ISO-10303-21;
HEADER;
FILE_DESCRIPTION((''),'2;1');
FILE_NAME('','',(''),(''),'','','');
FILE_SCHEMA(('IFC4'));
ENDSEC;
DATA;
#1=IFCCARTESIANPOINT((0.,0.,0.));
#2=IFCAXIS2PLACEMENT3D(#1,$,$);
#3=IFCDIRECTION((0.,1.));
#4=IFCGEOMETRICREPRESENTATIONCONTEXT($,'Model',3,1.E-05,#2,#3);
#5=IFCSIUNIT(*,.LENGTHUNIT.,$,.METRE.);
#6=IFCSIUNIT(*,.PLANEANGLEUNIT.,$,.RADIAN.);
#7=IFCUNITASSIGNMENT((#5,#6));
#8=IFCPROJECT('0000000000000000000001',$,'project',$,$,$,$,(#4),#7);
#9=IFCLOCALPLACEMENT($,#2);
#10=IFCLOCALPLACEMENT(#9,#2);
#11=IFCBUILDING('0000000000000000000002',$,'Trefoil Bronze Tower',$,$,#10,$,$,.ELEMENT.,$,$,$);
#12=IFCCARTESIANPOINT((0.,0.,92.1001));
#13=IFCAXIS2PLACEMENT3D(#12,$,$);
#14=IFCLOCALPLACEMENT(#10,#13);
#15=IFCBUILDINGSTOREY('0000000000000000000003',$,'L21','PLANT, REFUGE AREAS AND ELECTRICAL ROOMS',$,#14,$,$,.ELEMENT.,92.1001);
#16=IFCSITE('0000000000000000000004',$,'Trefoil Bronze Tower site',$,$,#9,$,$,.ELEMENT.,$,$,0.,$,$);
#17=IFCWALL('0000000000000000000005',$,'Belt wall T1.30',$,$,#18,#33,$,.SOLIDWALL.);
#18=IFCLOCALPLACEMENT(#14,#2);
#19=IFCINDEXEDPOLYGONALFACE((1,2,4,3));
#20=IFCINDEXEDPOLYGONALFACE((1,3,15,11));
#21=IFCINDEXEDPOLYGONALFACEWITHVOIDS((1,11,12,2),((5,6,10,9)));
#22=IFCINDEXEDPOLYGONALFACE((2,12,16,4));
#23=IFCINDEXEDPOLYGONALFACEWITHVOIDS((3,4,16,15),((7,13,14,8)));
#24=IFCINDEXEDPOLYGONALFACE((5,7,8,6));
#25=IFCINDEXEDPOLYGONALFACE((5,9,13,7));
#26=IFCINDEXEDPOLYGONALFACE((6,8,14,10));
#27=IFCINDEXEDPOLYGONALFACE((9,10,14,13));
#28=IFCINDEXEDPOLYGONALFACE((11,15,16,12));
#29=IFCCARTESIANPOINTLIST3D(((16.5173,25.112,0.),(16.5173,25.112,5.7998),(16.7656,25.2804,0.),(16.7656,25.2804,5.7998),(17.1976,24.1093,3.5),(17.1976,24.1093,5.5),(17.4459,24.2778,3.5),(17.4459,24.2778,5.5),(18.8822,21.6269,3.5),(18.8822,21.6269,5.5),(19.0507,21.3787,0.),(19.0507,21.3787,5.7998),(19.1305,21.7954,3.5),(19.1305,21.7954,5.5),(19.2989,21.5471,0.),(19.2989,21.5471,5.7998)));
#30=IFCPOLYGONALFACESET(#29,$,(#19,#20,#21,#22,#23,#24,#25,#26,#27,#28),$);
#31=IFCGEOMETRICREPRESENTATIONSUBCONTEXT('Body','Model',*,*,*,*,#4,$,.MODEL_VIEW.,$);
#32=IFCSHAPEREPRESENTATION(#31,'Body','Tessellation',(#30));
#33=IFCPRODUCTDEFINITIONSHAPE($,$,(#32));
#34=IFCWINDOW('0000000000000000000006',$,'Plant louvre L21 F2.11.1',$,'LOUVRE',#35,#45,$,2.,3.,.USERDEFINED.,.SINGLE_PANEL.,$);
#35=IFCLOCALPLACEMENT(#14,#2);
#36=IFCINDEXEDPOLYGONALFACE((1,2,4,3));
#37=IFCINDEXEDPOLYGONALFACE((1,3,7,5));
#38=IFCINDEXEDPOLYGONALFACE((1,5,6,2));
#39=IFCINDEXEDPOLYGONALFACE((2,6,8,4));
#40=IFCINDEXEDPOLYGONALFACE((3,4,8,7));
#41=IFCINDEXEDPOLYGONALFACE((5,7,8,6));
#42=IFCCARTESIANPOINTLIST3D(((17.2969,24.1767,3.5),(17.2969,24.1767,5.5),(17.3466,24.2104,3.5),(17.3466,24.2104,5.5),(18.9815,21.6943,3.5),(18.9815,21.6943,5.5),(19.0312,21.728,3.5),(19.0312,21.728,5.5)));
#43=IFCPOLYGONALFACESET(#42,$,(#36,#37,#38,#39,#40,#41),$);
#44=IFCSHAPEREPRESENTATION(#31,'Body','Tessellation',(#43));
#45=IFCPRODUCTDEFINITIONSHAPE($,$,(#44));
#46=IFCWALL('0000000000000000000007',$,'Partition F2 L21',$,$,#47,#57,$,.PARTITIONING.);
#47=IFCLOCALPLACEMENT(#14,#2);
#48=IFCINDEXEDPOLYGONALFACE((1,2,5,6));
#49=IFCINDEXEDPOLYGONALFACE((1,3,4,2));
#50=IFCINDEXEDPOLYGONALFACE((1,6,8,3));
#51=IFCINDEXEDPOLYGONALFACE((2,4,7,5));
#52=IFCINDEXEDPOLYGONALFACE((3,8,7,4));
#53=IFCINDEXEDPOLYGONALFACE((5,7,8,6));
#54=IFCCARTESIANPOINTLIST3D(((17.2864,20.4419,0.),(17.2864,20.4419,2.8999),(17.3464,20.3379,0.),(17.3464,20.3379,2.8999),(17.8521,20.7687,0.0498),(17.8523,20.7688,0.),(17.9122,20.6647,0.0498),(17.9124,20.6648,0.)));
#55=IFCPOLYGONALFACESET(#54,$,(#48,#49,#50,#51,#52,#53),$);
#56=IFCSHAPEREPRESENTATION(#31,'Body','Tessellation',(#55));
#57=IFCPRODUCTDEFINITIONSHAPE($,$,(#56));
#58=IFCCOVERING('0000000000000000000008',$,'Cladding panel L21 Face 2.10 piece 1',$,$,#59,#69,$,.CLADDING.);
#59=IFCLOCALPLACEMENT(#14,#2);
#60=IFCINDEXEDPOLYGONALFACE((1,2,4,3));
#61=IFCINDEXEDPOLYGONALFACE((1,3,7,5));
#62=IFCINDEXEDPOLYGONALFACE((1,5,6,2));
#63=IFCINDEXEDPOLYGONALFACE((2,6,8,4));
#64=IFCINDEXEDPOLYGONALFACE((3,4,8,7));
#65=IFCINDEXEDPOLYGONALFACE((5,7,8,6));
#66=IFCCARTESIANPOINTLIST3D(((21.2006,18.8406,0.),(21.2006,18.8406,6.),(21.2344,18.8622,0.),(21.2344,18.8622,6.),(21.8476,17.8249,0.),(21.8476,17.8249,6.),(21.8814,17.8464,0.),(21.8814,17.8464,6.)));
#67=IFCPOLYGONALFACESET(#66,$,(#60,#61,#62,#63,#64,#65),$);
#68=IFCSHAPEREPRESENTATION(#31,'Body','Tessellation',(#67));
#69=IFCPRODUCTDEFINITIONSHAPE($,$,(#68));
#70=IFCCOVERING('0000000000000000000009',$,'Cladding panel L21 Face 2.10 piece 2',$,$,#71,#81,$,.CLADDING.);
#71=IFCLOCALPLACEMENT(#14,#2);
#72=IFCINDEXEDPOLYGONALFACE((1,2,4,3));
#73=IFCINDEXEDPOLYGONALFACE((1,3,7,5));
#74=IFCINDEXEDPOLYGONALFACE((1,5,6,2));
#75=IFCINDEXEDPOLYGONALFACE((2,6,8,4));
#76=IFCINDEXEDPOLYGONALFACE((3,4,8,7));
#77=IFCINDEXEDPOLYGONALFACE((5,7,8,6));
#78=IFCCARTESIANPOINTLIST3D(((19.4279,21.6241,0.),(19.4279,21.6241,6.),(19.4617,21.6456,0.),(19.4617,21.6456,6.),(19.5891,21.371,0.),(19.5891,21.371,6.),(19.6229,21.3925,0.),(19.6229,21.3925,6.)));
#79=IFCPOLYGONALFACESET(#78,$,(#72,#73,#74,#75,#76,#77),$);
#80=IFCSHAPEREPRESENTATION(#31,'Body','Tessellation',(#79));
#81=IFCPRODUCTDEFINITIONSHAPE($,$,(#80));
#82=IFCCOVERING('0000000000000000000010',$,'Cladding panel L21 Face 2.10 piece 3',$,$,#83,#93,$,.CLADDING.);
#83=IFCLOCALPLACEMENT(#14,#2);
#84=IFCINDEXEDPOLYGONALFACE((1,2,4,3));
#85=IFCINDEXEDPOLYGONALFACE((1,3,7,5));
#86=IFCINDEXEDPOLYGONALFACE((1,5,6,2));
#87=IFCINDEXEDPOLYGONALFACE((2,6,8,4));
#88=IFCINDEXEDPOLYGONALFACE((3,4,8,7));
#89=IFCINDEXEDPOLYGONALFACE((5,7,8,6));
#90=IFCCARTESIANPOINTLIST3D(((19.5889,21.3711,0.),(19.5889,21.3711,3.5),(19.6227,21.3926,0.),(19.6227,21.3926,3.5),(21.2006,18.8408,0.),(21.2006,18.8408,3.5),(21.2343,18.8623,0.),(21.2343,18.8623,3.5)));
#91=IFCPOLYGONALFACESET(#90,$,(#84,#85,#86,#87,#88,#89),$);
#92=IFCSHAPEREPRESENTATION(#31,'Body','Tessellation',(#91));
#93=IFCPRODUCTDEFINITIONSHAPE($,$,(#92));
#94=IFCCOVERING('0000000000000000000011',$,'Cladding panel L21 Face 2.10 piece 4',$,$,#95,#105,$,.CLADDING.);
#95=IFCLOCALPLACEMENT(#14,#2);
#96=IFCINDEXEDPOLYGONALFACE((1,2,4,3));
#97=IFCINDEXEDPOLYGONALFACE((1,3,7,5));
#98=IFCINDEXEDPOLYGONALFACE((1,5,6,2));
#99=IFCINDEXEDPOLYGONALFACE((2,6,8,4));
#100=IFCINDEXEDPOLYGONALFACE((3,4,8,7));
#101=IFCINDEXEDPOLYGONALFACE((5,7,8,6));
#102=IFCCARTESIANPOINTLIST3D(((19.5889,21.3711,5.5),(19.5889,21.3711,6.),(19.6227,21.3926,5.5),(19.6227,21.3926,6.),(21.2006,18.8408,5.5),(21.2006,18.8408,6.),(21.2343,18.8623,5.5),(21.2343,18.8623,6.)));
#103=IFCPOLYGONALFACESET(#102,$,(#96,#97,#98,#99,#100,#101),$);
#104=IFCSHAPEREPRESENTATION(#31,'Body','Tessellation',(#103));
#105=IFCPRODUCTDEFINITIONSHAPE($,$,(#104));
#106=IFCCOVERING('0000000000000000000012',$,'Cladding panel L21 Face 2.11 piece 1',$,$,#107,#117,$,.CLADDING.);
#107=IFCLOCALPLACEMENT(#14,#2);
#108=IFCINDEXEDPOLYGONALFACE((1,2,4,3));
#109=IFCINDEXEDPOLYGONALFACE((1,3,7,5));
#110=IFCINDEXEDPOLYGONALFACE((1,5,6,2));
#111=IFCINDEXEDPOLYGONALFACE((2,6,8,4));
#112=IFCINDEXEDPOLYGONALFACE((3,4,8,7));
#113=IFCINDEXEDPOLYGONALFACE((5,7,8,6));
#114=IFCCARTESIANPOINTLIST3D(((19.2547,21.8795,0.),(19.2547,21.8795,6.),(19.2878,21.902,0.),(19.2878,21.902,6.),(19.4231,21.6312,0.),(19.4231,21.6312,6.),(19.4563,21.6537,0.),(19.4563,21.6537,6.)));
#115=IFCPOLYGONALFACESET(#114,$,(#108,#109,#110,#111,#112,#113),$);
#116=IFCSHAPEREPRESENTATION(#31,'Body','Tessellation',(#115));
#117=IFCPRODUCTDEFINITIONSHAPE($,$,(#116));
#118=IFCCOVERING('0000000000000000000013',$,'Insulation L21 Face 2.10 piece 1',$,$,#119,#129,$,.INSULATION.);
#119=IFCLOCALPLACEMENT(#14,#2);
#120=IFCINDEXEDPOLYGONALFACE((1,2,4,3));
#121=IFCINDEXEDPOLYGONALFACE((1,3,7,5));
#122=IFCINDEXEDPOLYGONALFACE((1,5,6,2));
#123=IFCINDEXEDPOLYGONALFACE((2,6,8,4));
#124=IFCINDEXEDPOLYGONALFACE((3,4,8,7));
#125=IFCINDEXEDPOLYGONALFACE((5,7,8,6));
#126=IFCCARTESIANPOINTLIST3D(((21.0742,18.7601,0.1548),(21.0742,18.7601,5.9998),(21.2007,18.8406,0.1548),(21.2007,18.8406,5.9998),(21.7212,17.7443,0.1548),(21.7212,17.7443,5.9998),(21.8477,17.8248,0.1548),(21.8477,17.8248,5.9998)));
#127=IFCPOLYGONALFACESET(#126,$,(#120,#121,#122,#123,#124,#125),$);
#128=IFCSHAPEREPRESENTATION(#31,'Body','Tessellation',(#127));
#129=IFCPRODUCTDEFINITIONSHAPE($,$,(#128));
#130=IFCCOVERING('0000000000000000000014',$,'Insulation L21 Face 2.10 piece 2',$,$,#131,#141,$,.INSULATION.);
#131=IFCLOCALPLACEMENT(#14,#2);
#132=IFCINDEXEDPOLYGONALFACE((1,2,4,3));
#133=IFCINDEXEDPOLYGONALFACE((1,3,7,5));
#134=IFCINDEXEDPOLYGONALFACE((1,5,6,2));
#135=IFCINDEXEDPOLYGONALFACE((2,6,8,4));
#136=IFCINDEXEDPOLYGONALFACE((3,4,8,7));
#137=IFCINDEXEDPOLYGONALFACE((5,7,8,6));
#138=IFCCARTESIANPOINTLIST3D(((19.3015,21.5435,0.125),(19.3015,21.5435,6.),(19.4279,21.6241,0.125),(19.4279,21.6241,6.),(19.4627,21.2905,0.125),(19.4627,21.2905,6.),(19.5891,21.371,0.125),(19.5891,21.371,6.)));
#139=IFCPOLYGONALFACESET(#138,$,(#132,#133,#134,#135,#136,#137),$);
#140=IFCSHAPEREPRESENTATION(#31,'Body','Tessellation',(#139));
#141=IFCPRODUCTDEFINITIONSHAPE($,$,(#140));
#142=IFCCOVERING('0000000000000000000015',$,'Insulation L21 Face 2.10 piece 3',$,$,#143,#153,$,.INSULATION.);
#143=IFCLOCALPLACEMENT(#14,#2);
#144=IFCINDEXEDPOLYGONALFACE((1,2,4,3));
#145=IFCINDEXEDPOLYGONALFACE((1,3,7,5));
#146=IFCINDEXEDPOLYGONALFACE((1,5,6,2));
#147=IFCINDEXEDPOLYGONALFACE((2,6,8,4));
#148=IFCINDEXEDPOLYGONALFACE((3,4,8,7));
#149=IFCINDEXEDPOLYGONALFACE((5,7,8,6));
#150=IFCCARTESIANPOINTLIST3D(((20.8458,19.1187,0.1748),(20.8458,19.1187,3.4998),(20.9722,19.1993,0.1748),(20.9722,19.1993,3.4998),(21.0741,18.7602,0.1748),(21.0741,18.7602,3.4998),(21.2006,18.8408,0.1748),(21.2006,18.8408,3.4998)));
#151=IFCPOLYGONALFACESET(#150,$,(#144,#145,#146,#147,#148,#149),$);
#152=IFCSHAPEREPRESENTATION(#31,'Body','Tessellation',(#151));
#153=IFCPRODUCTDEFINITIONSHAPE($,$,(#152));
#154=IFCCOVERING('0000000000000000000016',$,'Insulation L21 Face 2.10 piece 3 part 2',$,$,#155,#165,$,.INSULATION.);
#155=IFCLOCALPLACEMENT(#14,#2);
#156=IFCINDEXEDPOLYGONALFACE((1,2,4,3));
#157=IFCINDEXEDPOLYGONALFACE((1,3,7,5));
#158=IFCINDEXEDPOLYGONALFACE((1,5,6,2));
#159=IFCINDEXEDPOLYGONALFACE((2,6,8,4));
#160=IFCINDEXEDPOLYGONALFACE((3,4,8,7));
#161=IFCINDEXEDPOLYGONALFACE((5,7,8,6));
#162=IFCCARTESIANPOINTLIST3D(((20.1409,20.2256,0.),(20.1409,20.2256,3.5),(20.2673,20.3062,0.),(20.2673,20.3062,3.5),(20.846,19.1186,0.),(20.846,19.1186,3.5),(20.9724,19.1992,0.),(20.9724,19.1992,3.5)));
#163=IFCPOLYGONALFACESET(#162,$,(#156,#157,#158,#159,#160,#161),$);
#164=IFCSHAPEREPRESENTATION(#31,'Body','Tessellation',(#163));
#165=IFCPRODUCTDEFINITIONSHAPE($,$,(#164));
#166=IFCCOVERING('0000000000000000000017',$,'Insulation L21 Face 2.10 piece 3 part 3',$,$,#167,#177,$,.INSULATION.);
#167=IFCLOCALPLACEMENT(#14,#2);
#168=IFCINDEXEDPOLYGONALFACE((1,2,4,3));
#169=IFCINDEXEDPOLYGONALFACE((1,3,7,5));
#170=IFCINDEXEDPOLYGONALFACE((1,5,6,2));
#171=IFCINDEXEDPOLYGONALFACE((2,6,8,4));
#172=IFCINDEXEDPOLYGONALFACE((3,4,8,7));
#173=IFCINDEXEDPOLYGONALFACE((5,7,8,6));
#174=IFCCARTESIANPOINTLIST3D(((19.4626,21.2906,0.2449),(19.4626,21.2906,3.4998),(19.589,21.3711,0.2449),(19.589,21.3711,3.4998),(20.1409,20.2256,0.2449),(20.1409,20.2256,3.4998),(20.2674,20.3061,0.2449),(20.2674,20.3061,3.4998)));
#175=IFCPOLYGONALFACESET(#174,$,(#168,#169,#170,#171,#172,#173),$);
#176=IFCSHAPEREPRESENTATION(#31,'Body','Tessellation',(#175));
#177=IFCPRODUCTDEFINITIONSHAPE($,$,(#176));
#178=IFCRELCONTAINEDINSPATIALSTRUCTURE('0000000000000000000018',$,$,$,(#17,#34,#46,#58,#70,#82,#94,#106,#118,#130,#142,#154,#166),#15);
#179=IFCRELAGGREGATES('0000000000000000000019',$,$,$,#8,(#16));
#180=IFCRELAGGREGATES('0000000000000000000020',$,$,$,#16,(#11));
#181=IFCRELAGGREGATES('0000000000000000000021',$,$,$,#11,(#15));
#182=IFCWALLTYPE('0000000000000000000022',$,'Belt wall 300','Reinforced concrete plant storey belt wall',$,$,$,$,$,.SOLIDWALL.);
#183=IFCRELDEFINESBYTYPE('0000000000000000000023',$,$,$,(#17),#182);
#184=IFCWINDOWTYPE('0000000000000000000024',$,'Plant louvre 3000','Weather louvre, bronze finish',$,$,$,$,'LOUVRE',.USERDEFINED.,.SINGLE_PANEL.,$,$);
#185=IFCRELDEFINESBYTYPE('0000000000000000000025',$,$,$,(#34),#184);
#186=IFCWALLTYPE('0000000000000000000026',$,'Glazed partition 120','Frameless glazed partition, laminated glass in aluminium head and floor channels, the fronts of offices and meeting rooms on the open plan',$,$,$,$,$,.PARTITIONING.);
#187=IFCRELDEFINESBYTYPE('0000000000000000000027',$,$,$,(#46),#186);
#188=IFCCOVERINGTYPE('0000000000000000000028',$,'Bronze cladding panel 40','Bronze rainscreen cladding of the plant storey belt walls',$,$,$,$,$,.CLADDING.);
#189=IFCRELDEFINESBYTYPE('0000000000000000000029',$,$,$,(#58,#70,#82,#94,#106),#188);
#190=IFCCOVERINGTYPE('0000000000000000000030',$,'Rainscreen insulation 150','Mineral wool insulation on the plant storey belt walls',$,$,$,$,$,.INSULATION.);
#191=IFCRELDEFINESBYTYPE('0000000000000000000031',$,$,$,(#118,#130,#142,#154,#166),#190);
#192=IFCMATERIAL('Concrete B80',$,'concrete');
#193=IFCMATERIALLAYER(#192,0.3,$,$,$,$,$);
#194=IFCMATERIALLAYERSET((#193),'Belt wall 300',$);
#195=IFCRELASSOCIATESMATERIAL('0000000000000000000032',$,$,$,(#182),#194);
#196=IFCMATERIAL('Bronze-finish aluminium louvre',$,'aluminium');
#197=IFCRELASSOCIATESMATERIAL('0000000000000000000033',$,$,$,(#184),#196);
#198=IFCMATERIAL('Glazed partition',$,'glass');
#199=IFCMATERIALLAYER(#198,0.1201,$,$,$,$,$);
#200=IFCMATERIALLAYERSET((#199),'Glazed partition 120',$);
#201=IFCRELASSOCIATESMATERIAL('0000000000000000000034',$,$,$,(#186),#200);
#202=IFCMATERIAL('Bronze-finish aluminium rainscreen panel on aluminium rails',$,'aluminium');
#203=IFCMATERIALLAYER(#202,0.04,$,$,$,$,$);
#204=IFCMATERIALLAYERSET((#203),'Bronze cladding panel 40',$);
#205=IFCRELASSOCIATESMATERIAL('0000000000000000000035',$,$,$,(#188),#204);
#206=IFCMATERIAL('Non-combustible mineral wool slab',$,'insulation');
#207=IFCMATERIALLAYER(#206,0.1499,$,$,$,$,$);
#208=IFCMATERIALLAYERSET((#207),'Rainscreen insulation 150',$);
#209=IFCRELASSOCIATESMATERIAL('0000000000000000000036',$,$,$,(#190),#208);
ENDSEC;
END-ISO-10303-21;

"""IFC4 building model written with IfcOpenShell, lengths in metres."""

from ifc_helpers import new_model, si_unit, direction, frame, frame_2d, origin, origin_2d, place, context, subcontext, project, spatial, polyline, rectangle, outline, extrude, material, layer, layer_set, type_object, element, fill, save


model = new_model("IFC4")

# Units and contexts
model_context = context("Model", 3, precision=1e-05, world=origin(), true_north=direction((0.0, 1.0)))
body_context = subcontext(model_context, "Body", "Model", "MODEL_VIEW")
ifc_project = project(units=[si_unit("LENGTHUNIT", "METRE"), si_unit("PLANEANGLEUNIT", "RADIAN")], contexts=[model_context])

# Site, building, storey
site_placement = place(None, origin())
site = spatial("IfcSite", under=ifc_project, at=site_placement, Name="Trefoil Bronze Tower site", CompositionType="ELEMENT", RefElevation=0.0)
building_placement = place(site_placement, origin())
building = spatial("IfcBuilding", under=site, at=building_placement, Name="Trefoil Bronze Tower", CompositionType="ELEMENT")
storey_placement = place(building_placement, frame((0.0, 0.0, 92.1001)))
storey = spatial("IfcBuildingStorey", under=building, at=storey_placement, Name="L21", Description="PLANT, REFUGE AREAS AND ELECTRICAL ROOMS", CompositionType="ELEMENT", Elevation=92.1001)

# Wall, opening, window
ifc_material_1 = material(Name="Concrete B80", Category="concrete")
ifc_layer_1 = layer(ifc_material_1, 0.3)
ifc_layer_set_1 = layer_set([ifc_layer_1], Name="Belt wall 300")
wall_type_1 = type_object("IfcWallType", Name="Belt wall 300", Description="Reinforced concrete plant storey belt wall", PredefinedType="SOLIDWALL", material=ifc_layer_set_1)
ifc_material_2 = material(Name="Bronze-finish aluminium louvre", Category="aluminium")
window_type = type_object("IfcWindowType", Name="Plant louvre 3000", Description="Weather louvre, bronze finish", ElementType="LOUVRE", PartitioningType="SINGLE_PANEL", PredefinedType="USERDEFINED", material=ifc_material_2)
wall_1_placement = place(storey_placement, frame((19.1748, 21.4629, 0.0), z_axis=(0.0, 0.0, 1.0), x_axis=(-0.561512, 0.827469, 0.0)))
wall_1 = element("IfcWall", 1, at=wall_1_placement, inside=storey, type_object=wall_type_1, Name="Belt wall T1.30", PredefinedType="SOLIDWALL", context=body_context, shape_type="SweptSolid", body=[
    extrude(rectangle(XDim=4.5117, YDim=0.3, at=frame_2d((2.2559, 0.0))), origin(), (0.0, 0.0, 1.0), 5.7998),
])
opening_1_placement = place(wall_1_placement, frame((0.3, 0.0, 3.5)))
opening_1 = element("IfcOpeningElement", 2, at=opening_1_placement, cuts=wall_1, PredefinedType="OPENING", context=body_context, shape_type="SweptSolid", body=[
    extrude(rectangle(XDim=3.0, YDim=2.0, at=frame_2d((1.5, 1.0))), frame((0.0, 0.1599, 0.0), z_axis=(0.0, -1.0, 0.0), x_axis=(1.0, 0.0, 0.0)), (0.0, 0.0, 1.0), 0.3201),
])
window_1_placement = place(opening_1_placement, origin())
window_1 = element("IfcWindow", 3, at=window_1_placement, inside=storey, type_object=window_type, Name="Plant louvre L21 F2.11.1", ObjectType="LOUVRE", OverallHeight=2.0, OverallWidth=3.0, PartitioningType="SINGLE_PANEL", PredefinedType="USERDEFINED", context=body_context, shape_type="SweptSolid", body=[
    extrude(rectangle(XDim=3.0, YDim=2.0, at=frame_2d((1.5, 1.0))), frame((0.0, 0.03, 0.0), z_axis=(0.0, -1.0, 0.0), x_axis=(1.0, 0.0, 0.0)), (0.0, 0.0, 1.0), 0.0601),
])
fill(opening_1, window_1)

# Wall
ifc_material_3 = material(Name="Glazed partition", Category="glass")
ifc_layer_2 = layer(ifc_material_3, 0.1201)
ifc_layer_set_2 = layer_set([ifc_layer_2], Name="Glazed partition 120")
wall_type_2 = type_object("IfcWallType", Name="Glazed partition 120", Description="Frameless glazed partition, laminated glass in aluminium head and floor channels, the fronts of offices and meeting rooms on the open plan", PredefinedType="PARTITIONING", material=ifc_layer_set_2)
wall_2_placement = place(storey_placement, frame((17.3164, 20.3899, 0.0), z_axis=(0.0, 0.0, 1.0), x_axis=(0.865912, 0.500197, 0.0)))
element("IfcWall", 4, at=wall_2_placement, inside=storey, type_object=wall_type_2, Name="Partition F2 L21", PredefinedType="PARTITIONING", context=body_context, shape_type="SweptSolid", body=[
    extrude(outline(polyline([(0.0, 0.0), (0.6536, 0.0), (0.6533, 0.0498), (0.0, 2.8999), (0.0, 0.0)])), frame((0.0, 0.0601, 0.0), z_axis=(0.0, -1.0, 0.0), x_axis=(1.0, 0.0, 0.0)), (0.0, 0.0, 1.0), 0.1201),
])

# Coverings
ifc_material_4 = material(Name="Bronze-finish aluminium rainscreen panel on aluminium rails", Category="aluminium")
ifc_layer_3 = layer(ifc_material_4, 0.04)
ifc_layer_set_3 = layer_set([ifc_layer_3], Name="Bronze cladding panel 40")
covering_type_1 = type_object("IfcCoveringType", Name="Bronze cladding panel 40", Description="Bronze rainscreen cladding of the plant storey belt walls", PredefinedType="CLADDING", material=ifc_layer_set_3)
covering_1_placement = place(storey_placement, frame((21.541, 18.3435, 0.0), z_axis=(0.0, 0.0, 1.0), x_axis=(-0.537222, 0.843441, 0.0)))
element("IfcCovering", 5, at=covering_1_placement, inside=storey, type_object=covering_type_1, Name="Cladding panel L21 Face 2.10 piece 1", PredefinedType="CLADDING", context=body_context, shape_type="SweptSolid", body=[
    extrude(rectangle(XDim=1.2043, YDim=0.04, at=origin_2d()), origin(), (0.0, 0.0, 1.0), 6.0),
])
covering_2_placement = place(storey_placement, frame((19.5254, 21.5083, 0.0), z_axis=(0.0, 0.0, 1.0), x_axis=(-0.537222, 0.843441, 0.0)))
element("IfcCovering", 6, at=covering_2_placement, inside=storey, type_object=covering_type_1, Name="Cladding panel L21 Face 2.10 piece 2", PredefinedType="CLADDING", context=body_context, shape_type="SweptSolid", body=[
    extrude(rectangle(XDim=0.3, YDim=0.04, at=origin_2d()), origin(), (0.0, 0.0, 1.0), 6.0),
])
covering_3_placement = place(storey_placement, frame((20.4116, 20.1167, 0.0), z_axis=(0.0, 0.0, 1.0), x_axis=(-0.537222, 0.843441, 0.0)))
element("IfcCovering", 7, at=covering_3_placement, inside=storey, type_object=covering_type_1, Name="Cladding panel L21 Face 2.10 piece 3", PredefinedType="CLADDING", context=body_context, shape_type="SweptSolid", body=[
    extrude(rectangle(XDim=3.0, YDim=0.04, at=origin_2d()), origin(), (0.0, 0.0, 1.0), 3.5),
])
covering_4_placement = place(storey_placement, frame((20.4116, 20.1167, 5.5), z_axis=(0.0, 0.0, 1.0), x_axis=(-0.537222, 0.843441, 0.0)))
element("IfcCovering", 8, at=covering_4_placement, inside=storey, type_object=covering_type_1, Name="Cladding panel L21 Face 2.10 piece 4", PredefinedType="CLADDING", context=body_context, shape_type="SweptSolid", body=[
    extrude(rectangle(XDim=3.0, YDim=0.04, at=origin_2d()), origin(), (0.0, 0.0, 1.0), 0.5),
])
covering_5_placement = place(storey_placement, frame((19.3555, 21.7666, 0.0), z_axis=(0.0, 0.0, 1.0), x_axis=(-0.56151, 0.82747, 0.0)))
element("IfcCovering", 9, at=covering_5_placement, inside=storey, type_object=covering_type_1, Name="Cladding panel L21 Face 2.11 piece 1", PredefinedType="CLADDING", context=body_context, shape_type="SweptSolid", body=[
    extrude(rectangle(XDim=0.3, YDim=0.04, at=origin_2d()), origin(), (0.0, 0.0, 1.0), 6.0),
])
ifc_material_5 = material(Name="Non-combustible mineral wool slab", Category="insulation")
ifc_layer_4 = layer(ifc_material_5, 0.1499)
ifc_layer_set_4 = layer_set([ifc_layer_4], Name="Rainscreen insulation 150")
covering_type_2 = type_object("IfcCoveringType", Name="Rainscreen insulation 150", Description="Mineral wool insulation on the plant storey belt walls", PredefinedType="INSULATION", material=ifc_layer_set_4)
covering_6_placement = place(storey_placement, frame((21.4609, 18.2925, 0.1548), z_axis=(0.0, 0.0, 1.0), x_axis=(-0.537222, 0.843441, 0.0)))
element("IfcCovering", 10, at=covering_6_placement, inside=storey, type_object=covering_type_2, Name="Insulation L21 Face 2.10 piece 1", PredefinedType="INSULATION", context=body_context, shape_type="SweptSolid", body=[
    extrude(rectangle(XDim=1.2043, YDim=0.1499, at=origin_2d()), origin(), (0.0, 0.0, 1.0), 5.845),
])
covering_7_placement = place(storey_placement, frame((19.4453, 21.4573, 0.125), z_axis=(0.0, 0.0, 1.0), x_axis=(-0.537222, 0.843441, 0.0)))
element("IfcCovering", 11, at=covering_7_placement, inside=storey, type_object=covering_type_2, Name="Insulation L21 Face 2.10 piece 2", PredefinedType="INSULATION", context=body_context, shape_type="SweptSolid", body=[
    extrude(rectangle(XDim=0.3, YDim=0.1499, at=origin_2d()), origin(), (0.0, 0.0, 1.0), 5.875),
])
covering_8_placement = place(storey_placement, frame((21.0232, 18.9797, 0.1748), z_axis=(0.0, 0.0, 1.0), x_axis=(-0.537222, 0.843441, 0.0)))
element("IfcCovering", 12, at=covering_8_placement, inside=storey, type_object=covering_type_2, Name="Insulation L21 Face 2.10 piece 3", PredefinedType="INSULATION", context=body_context, shape_type="SweptSolid", body=[
    extrude(rectangle(XDim=0.425, YDim=0.1499, at=origin_2d()), origin(), (0.0, 0.0, 1.0), 3.325),
])
covering_9_placement = place(storey_placement, frame((20.5566, 19.7124, 0.0), z_axis=(0.0, 0.0, 1.0), x_axis=(-0.537222, 0.843441, 0.0)))
element("IfcCovering", 13, at=covering_9_placement, inside=storey, type_object=covering_type_2, Name="Insulation L21 Face 2.10 piece 3 part 2", PredefinedType="INSULATION", context=body_context, shape_type="SweptSolid", body=[
    extrude(rectangle(XDim=1.3125, YDim=0.1499, at=origin_2d()), origin(), (0.0, 0.0, 1.0), 3.5),
])
covering_10_placement = place(storey_placement, frame((19.865, 20.7983, 0.2449), z_axis=(0.0, 0.0, 1.0), x_axis=(-0.537222, 0.843441, 0.0)))
element("IfcCovering", 14, at=covering_10_placement, inside=storey, type_object=covering_type_2, Name="Insulation L21 Face 2.10 piece 3 part 3", PredefinedType="INSULATION", context=body_context, shape_type="SweptSolid", body=[
    extrude(rectangle(XDim=1.2627, YDim=0.1499, at=origin_2d()), origin(), (0.0, 0.0, 1.0), 3.2549),
])

save(model, "model.ifc")
